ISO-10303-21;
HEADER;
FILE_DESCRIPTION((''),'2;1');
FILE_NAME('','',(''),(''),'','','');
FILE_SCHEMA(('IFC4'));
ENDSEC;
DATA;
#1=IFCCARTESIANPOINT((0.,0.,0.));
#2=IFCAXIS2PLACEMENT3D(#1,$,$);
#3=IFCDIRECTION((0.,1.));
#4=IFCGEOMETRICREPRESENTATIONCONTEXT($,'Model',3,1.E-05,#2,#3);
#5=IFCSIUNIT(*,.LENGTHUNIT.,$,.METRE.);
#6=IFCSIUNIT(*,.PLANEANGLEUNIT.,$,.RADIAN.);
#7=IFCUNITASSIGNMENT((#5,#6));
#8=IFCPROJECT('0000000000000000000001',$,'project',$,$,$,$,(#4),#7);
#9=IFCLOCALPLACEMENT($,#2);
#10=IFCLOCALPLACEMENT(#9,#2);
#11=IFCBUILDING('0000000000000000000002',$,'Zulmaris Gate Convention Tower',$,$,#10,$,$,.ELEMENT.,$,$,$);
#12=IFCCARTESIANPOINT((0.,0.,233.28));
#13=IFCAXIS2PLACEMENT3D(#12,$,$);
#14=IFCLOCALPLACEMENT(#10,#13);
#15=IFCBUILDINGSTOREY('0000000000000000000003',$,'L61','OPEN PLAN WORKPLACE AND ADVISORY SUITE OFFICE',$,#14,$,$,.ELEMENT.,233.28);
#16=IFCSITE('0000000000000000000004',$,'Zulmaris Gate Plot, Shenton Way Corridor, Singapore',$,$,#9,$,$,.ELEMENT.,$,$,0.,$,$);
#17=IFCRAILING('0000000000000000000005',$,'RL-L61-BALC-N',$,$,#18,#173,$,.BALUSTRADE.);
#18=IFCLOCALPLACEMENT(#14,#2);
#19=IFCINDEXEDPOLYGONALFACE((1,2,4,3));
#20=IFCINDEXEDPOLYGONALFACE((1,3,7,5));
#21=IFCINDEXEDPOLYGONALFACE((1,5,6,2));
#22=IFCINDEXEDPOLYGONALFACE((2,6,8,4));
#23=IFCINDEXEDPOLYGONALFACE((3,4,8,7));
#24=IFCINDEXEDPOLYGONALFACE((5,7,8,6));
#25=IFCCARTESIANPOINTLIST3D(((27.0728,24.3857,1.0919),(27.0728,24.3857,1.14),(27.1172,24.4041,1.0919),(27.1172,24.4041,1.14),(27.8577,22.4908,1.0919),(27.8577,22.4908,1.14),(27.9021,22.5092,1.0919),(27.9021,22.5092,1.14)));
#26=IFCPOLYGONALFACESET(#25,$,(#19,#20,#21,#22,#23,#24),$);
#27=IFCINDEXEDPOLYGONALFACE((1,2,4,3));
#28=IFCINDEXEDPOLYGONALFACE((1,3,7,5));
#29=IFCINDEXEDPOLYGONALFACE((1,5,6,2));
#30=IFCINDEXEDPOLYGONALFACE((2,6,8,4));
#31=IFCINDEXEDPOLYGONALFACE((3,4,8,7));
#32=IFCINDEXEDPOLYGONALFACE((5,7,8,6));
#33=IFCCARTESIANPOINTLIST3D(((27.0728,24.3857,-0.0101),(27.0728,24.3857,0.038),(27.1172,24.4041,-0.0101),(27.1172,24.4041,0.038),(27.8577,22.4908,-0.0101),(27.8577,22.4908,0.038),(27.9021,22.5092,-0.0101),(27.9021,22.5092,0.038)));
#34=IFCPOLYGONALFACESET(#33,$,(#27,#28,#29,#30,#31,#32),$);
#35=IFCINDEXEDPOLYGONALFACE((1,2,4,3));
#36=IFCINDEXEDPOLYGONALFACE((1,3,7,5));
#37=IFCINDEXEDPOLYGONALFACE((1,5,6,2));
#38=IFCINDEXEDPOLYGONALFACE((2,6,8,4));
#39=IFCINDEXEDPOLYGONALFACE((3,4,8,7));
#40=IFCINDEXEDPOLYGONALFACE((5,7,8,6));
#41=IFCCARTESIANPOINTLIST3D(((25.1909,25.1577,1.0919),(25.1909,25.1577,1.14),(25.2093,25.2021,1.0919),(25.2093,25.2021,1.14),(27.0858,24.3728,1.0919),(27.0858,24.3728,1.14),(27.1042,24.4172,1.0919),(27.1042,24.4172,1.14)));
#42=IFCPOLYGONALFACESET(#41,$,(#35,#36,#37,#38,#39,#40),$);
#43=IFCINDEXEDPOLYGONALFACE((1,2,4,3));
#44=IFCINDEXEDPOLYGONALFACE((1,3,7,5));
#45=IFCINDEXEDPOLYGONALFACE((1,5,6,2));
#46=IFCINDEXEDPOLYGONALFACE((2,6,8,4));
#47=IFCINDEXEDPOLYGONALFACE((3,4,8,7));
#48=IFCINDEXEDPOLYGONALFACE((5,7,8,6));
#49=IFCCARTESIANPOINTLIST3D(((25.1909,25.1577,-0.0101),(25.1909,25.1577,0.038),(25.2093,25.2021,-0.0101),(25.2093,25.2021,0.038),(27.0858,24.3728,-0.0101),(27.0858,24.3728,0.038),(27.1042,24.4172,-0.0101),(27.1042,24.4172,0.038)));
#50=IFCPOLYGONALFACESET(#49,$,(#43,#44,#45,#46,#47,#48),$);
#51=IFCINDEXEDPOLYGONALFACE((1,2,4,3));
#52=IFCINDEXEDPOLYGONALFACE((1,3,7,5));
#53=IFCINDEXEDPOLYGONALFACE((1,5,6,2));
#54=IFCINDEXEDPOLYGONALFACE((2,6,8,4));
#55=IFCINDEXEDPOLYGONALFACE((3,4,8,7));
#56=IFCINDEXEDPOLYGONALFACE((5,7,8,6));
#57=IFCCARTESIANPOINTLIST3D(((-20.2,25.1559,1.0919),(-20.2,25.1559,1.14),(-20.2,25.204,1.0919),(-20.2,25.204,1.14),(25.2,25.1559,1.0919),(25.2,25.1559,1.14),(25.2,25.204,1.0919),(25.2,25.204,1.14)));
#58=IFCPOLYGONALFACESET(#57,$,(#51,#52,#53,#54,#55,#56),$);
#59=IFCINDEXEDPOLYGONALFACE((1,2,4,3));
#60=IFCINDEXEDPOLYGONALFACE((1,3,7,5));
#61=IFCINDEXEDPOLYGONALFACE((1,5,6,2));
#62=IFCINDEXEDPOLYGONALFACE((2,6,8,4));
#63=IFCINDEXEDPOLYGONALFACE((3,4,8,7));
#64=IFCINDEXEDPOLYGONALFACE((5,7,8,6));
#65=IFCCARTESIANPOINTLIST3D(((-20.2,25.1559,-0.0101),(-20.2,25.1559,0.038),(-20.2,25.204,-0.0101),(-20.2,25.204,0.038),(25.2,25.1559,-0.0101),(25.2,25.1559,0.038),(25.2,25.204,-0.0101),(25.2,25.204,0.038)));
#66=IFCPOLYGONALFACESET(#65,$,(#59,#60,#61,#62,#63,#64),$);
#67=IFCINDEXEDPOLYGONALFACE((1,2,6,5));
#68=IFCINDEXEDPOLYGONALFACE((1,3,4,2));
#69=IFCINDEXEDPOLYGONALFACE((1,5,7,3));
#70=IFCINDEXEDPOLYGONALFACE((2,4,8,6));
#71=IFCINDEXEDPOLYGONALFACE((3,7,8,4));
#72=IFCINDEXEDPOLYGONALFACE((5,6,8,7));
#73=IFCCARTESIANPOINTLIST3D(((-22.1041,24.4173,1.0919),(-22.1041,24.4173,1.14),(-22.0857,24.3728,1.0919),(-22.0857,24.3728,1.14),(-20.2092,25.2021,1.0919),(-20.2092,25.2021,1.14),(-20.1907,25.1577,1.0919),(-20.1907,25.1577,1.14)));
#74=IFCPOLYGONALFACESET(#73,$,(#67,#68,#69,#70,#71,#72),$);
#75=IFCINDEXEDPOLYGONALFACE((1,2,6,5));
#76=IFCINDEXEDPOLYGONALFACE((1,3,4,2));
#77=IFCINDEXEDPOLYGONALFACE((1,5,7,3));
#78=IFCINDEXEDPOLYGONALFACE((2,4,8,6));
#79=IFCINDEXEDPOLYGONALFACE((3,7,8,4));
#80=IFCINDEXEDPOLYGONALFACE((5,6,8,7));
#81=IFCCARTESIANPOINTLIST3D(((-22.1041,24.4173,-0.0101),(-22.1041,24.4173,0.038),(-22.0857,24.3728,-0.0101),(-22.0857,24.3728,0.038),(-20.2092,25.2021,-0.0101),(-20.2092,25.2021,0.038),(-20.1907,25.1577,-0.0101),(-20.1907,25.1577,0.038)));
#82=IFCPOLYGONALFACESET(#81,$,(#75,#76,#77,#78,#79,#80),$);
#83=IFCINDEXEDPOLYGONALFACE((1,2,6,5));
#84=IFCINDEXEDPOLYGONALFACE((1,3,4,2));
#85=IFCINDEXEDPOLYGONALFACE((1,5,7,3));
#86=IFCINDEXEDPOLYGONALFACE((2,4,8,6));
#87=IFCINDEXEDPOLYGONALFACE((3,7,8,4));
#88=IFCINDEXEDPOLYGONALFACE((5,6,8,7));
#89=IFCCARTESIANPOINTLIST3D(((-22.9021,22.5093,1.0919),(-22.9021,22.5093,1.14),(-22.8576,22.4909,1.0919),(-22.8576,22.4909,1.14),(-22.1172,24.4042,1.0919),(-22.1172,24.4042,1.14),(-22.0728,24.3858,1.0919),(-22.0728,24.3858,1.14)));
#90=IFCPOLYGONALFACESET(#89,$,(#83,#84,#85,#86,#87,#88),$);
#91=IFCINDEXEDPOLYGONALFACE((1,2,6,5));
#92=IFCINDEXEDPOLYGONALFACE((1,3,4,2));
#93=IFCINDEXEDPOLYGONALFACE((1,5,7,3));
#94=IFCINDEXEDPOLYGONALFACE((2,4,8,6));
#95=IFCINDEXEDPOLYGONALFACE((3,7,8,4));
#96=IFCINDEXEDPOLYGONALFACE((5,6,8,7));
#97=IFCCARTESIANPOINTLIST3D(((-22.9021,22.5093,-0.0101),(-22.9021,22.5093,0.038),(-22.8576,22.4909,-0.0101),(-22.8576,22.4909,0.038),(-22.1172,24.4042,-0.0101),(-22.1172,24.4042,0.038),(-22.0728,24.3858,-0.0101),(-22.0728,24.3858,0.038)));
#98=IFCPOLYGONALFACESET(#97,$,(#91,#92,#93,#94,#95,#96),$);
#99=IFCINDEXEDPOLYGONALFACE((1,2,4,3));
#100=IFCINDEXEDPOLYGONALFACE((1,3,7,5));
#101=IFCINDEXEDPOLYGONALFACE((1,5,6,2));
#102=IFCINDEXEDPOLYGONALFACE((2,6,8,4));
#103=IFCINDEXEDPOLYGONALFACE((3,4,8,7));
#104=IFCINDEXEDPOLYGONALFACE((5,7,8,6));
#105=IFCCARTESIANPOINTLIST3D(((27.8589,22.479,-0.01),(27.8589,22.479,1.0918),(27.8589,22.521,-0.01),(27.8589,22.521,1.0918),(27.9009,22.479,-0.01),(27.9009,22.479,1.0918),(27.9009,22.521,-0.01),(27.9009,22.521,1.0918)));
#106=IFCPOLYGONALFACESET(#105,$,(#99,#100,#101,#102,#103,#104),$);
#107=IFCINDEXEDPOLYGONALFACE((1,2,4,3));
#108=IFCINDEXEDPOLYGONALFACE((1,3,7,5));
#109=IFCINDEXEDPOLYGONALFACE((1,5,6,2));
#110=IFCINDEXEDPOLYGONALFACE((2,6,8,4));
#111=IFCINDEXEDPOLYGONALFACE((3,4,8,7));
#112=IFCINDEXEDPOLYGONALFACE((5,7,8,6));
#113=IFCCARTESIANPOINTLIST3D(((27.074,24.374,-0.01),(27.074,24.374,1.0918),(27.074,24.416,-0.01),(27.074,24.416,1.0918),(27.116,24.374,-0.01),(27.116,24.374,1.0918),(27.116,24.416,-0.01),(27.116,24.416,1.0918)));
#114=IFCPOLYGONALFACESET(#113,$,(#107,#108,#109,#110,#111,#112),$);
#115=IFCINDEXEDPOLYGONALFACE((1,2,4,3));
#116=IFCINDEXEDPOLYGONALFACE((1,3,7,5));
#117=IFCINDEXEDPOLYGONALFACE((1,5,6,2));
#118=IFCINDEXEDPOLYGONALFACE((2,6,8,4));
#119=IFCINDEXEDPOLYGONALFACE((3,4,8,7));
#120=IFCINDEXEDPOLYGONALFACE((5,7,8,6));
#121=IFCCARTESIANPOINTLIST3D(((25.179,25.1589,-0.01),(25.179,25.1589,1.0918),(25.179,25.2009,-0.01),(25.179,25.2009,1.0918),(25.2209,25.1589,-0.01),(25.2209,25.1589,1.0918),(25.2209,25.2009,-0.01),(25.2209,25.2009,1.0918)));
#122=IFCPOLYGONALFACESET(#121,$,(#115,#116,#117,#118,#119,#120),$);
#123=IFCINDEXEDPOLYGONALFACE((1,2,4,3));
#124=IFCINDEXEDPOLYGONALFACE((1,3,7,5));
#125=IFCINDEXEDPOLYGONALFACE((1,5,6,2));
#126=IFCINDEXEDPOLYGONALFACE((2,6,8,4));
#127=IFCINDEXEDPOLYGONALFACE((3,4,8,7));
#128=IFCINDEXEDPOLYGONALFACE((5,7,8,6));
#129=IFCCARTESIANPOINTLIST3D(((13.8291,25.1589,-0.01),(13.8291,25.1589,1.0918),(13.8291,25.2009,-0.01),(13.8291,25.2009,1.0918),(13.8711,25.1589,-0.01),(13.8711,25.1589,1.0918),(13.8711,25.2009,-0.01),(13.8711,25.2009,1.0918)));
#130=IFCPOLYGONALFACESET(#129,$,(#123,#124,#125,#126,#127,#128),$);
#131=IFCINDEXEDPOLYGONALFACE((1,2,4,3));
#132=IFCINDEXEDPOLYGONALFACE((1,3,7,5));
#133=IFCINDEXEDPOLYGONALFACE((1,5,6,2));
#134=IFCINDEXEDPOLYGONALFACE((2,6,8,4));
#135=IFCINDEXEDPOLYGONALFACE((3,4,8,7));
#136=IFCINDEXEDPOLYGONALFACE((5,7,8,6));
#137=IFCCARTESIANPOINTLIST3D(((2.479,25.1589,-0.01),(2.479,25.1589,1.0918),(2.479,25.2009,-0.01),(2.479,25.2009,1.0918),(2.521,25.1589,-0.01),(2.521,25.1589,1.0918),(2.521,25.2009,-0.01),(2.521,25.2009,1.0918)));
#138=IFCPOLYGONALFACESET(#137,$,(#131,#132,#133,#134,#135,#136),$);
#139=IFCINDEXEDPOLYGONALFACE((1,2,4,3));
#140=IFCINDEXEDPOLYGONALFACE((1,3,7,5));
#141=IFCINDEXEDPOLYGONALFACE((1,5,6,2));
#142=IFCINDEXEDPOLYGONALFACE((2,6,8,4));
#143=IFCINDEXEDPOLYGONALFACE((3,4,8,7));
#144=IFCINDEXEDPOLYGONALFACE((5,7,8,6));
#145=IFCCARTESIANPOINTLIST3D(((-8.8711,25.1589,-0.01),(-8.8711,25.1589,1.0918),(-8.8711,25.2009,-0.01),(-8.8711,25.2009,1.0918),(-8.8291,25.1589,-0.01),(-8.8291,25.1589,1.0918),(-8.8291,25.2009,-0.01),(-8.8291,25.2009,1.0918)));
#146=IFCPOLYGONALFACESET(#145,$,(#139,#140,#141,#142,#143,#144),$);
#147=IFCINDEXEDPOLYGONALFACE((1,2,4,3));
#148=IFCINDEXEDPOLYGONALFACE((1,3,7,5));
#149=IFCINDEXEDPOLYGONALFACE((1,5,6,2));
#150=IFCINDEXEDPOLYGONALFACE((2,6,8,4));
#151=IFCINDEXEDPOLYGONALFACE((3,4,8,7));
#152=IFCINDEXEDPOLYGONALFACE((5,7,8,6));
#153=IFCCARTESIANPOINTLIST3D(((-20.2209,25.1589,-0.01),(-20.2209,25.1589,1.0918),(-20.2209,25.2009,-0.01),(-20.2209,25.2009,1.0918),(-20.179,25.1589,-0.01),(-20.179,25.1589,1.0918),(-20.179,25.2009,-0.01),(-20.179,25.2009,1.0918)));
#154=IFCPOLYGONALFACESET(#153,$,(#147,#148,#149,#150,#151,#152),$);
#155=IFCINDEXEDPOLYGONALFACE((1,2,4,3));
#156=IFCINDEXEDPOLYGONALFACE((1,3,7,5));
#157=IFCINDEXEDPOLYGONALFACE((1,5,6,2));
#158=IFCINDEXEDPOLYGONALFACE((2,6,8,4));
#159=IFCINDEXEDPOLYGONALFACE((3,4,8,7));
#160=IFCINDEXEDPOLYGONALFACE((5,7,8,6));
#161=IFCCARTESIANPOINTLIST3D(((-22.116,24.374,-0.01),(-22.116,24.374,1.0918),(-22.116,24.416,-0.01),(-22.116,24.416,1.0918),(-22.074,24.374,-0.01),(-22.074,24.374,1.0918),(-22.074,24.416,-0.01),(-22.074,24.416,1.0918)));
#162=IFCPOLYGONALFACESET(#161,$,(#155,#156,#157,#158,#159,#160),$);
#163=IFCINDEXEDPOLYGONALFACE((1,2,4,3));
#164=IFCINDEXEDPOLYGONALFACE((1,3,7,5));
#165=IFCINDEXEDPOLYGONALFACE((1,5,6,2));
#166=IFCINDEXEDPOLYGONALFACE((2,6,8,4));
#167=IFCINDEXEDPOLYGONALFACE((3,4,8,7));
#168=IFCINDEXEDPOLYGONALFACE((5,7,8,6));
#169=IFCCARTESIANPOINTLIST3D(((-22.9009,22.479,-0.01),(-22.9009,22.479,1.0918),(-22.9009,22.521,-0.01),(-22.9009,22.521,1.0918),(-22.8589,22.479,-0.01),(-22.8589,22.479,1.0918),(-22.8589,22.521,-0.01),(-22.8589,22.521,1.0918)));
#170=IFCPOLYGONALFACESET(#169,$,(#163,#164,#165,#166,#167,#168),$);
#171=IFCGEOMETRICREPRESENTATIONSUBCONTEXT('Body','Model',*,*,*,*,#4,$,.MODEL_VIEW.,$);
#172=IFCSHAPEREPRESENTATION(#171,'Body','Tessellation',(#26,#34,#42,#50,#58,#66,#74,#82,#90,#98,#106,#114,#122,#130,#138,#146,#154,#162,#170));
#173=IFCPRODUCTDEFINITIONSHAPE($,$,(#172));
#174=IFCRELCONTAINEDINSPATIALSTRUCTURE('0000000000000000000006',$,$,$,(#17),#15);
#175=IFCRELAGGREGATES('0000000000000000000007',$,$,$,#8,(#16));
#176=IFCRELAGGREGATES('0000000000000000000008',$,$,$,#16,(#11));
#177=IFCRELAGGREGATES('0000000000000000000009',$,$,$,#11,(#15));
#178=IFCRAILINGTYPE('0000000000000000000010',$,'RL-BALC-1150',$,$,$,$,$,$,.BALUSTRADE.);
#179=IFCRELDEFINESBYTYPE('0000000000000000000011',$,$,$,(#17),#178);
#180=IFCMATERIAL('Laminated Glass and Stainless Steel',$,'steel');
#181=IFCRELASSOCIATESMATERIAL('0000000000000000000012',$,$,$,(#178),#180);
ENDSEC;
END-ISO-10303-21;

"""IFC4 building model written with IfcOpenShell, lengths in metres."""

from ifc_helpers import new_model, si_unit, direction, frame, origin, origin_2d, place, context, subcontext, project, spatial, rectangle, extrude, material, type_object, element, save


model = new_model("IFC4")

# Units and contexts
model_context = context("Model", 3, precision=1e-05, world=origin(), true_north=direction((0.0, 1.0)))
body_context = subcontext(model_context, "Body", "Model", "MODEL_VIEW")
ifc_project = project(units=[si_unit("LENGTHUNIT", "METRE"), si_unit("PLANEANGLEUNIT", "RADIAN")], contexts=[model_context])

# Site, building, storey
site_placement = place(None, origin())
site = spatial("IfcSite", under=ifc_project, at=site_placement, Name="Zulmaris Gate Plot, Shenton Way Corridor, Singapore", CompositionType="ELEMENT", RefElevation=0.0)
building_placement = place(site_placement, origin())
building = spatial("IfcBuilding", under=site, at=building_placement, Name="Zulmaris Gate Convention Tower", CompositionType="ELEMENT")
storey_placement = place(building_placement, frame((0.0, 0.0, 233.28)))
storey = spatial("IfcBuildingStorey", under=building, at=storey_placement, Name="L61", Description="OPEN PLAN WORKPLACE AND ADVISORY SUITE OFFICE", CompositionType="ELEMENT", Elevation=233.28)

# Railing
ifc_material_1 = material(Name="Laminated Glass and Stainless Steel", Category="steel")
railing_type = type_object("IfcRailingType", Name="RL-BALC-1150", PredefinedType="BALUSTRADE", material=ifc_material_1)
railing_placement = place(storey_placement, frame((27.8799, 22.5, -0.01)))
element("IfcRailing", 1, at=railing_placement, inside=storey, type_object=railing_type, Name="RL-L61-BALC-N", PredefinedType="BALUSTRADE", context=body_context, shape_type="SweptSolid", body=[
    extrude(rectangle(XDim=0.0481, YDim=0.0481, at=origin_2d()), frame((0.0, 0.0, 1.126), z_axis=(-0.382671, 0.923885, 0.0), x_axis=(-0.923885, -0.382671, 0.0)), (0.0, 0.0, 1.0), 2.051),
    extrude(rectangle(XDim=0.0481, YDim=0.0481, at=origin_2d()), frame((0.0, 0.0, 0.0239), z_axis=(-0.382671, 0.923885, 0.0), x_axis=(-0.923885, -0.382671, 0.0)), (0.0, 0.0, 1.0), 2.051),
    extrude(rectangle(XDim=0.0481, YDim=0.0481, at=origin_2d()), frame((-0.7849, 1.895, 1.126), z_axis=(-0.923885, 0.382671, 0.0), x_axis=(-0.382671, -0.923885, 0.0)), (0.0, 0.0, 1.0), 2.051),
    extrude(rectangle(XDim=0.0481, YDim=0.0481, at=origin_2d()), frame((-0.7849, 1.895, 0.0239), z_axis=(-0.923885, 0.382671, 0.0), x_axis=(-0.382671, -0.923885, 0.0)), (0.0, 0.0, 1.0), 2.051),
    extrude(rectangle(XDim=0.0481, YDim=0.0481, at=origin_2d()), frame((-2.6799, 2.6799, 1.126), z_axis=(-1.0, 0.0, 0.0), x_axis=(0.0, -1.0, 0.0)), (0.0, 0.0, 1.0), 45.3999),
    extrude(rectangle(XDim=0.0481, YDim=0.0481, at=origin_2d()), frame((-2.6799, 2.6799, 0.0239), z_axis=(-1.0, 0.0, 0.0), x_axis=(0.0, -1.0, 0.0)), (0.0, 0.0, 1.0), 45.3999),
    extrude(rectangle(XDim=0.0481, YDim=0.0481, at=origin_2d()), frame((-48.0798, 2.6799, 1.126), z_axis=(-0.923885, -0.382671, 0.0), x_axis=(0.382671, -0.923885, 0.0)), (0.0, 0.0, 1.0), 2.051),
    extrude(rectangle(XDim=0.0481, YDim=0.0481, at=origin_2d()), frame((-48.0798, 2.6799, 0.0239), z_axis=(-0.923885, -0.382671, 0.0), x_axis=(0.382671, -0.923885, 0.0)), (0.0, 0.0, 1.0), 2.051),
    extrude(rectangle(XDim=0.0481, YDim=0.0481, at=origin_2d()), frame((-49.9749, 1.895, 1.126), z_axis=(-0.382671, -0.923885, 0.0), x_axis=(0.923885, -0.382671, 0.0)), (0.0, 0.0, 1.0), 2.051),
    extrude(rectangle(XDim=0.0481, YDim=0.0481, at=origin_2d()), frame((-49.9749, 1.895, 0.0239), z_axis=(-0.382671, -0.923885, 0.0), x_axis=(0.923885, -0.382671, 0.0)), (0.0, 0.0, 1.0), 2.051),
    extrude(rectangle(XDim=0.042, YDim=0.042, at=origin_2d()), origin(), (0.0, 0.0, 1.0), 1.1018),
    extrude(rectangle(XDim=0.042, YDim=0.042, at=origin_2d()), frame((-0.7849, 1.895, 0.0)), (0.0, 0.0, 1.0), 1.1018),
    extrude(rectangle(XDim=0.042, YDim=0.042, at=origin_2d()), frame((-2.6799, 2.6799, 0.0)), (0.0, 0.0, 1.0), 1.1018),
    extrude(rectangle(XDim=0.042, YDim=0.042, at=origin_2d()), frame((-14.0298, 2.6799, 0.0)), (0.0, 0.0, 1.0), 1.1018),
    extrude(rectangle(XDim=0.042, YDim=0.042, at=origin_2d()), frame((-25.3799, 2.6799, 0.0)), (0.0, 0.0, 1.0), 1.1018),
    extrude(rectangle(XDim=0.042, YDim=0.042, at=origin_2d()), frame((-36.73, 2.6799, 0.0)), (0.0, 0.0, 1.0), 1.1018),
    extrude(rectangle(XDim=0.042, YDim=0.042, at=origin_2d()), frame((-48.0798, 2.6799, 0.0)), (0.0, 0.0, 1.0), 1.1018),
    extrude(rectangle(XDim=0.042, YDim=0.042, at=origin_2d()), frame((-49.9749, 1.895, 0.0)), (0.0, 0.0, 1.0), 1.1018),
    extrude(rectangle(XDim=0.042, YDim=0.042, at=origin_2d()), frame((-50.7598, 0.0, 0.0)), (0.0, 0.0, 1.0), 1.1018),
])

save(model, "model.ifc")
